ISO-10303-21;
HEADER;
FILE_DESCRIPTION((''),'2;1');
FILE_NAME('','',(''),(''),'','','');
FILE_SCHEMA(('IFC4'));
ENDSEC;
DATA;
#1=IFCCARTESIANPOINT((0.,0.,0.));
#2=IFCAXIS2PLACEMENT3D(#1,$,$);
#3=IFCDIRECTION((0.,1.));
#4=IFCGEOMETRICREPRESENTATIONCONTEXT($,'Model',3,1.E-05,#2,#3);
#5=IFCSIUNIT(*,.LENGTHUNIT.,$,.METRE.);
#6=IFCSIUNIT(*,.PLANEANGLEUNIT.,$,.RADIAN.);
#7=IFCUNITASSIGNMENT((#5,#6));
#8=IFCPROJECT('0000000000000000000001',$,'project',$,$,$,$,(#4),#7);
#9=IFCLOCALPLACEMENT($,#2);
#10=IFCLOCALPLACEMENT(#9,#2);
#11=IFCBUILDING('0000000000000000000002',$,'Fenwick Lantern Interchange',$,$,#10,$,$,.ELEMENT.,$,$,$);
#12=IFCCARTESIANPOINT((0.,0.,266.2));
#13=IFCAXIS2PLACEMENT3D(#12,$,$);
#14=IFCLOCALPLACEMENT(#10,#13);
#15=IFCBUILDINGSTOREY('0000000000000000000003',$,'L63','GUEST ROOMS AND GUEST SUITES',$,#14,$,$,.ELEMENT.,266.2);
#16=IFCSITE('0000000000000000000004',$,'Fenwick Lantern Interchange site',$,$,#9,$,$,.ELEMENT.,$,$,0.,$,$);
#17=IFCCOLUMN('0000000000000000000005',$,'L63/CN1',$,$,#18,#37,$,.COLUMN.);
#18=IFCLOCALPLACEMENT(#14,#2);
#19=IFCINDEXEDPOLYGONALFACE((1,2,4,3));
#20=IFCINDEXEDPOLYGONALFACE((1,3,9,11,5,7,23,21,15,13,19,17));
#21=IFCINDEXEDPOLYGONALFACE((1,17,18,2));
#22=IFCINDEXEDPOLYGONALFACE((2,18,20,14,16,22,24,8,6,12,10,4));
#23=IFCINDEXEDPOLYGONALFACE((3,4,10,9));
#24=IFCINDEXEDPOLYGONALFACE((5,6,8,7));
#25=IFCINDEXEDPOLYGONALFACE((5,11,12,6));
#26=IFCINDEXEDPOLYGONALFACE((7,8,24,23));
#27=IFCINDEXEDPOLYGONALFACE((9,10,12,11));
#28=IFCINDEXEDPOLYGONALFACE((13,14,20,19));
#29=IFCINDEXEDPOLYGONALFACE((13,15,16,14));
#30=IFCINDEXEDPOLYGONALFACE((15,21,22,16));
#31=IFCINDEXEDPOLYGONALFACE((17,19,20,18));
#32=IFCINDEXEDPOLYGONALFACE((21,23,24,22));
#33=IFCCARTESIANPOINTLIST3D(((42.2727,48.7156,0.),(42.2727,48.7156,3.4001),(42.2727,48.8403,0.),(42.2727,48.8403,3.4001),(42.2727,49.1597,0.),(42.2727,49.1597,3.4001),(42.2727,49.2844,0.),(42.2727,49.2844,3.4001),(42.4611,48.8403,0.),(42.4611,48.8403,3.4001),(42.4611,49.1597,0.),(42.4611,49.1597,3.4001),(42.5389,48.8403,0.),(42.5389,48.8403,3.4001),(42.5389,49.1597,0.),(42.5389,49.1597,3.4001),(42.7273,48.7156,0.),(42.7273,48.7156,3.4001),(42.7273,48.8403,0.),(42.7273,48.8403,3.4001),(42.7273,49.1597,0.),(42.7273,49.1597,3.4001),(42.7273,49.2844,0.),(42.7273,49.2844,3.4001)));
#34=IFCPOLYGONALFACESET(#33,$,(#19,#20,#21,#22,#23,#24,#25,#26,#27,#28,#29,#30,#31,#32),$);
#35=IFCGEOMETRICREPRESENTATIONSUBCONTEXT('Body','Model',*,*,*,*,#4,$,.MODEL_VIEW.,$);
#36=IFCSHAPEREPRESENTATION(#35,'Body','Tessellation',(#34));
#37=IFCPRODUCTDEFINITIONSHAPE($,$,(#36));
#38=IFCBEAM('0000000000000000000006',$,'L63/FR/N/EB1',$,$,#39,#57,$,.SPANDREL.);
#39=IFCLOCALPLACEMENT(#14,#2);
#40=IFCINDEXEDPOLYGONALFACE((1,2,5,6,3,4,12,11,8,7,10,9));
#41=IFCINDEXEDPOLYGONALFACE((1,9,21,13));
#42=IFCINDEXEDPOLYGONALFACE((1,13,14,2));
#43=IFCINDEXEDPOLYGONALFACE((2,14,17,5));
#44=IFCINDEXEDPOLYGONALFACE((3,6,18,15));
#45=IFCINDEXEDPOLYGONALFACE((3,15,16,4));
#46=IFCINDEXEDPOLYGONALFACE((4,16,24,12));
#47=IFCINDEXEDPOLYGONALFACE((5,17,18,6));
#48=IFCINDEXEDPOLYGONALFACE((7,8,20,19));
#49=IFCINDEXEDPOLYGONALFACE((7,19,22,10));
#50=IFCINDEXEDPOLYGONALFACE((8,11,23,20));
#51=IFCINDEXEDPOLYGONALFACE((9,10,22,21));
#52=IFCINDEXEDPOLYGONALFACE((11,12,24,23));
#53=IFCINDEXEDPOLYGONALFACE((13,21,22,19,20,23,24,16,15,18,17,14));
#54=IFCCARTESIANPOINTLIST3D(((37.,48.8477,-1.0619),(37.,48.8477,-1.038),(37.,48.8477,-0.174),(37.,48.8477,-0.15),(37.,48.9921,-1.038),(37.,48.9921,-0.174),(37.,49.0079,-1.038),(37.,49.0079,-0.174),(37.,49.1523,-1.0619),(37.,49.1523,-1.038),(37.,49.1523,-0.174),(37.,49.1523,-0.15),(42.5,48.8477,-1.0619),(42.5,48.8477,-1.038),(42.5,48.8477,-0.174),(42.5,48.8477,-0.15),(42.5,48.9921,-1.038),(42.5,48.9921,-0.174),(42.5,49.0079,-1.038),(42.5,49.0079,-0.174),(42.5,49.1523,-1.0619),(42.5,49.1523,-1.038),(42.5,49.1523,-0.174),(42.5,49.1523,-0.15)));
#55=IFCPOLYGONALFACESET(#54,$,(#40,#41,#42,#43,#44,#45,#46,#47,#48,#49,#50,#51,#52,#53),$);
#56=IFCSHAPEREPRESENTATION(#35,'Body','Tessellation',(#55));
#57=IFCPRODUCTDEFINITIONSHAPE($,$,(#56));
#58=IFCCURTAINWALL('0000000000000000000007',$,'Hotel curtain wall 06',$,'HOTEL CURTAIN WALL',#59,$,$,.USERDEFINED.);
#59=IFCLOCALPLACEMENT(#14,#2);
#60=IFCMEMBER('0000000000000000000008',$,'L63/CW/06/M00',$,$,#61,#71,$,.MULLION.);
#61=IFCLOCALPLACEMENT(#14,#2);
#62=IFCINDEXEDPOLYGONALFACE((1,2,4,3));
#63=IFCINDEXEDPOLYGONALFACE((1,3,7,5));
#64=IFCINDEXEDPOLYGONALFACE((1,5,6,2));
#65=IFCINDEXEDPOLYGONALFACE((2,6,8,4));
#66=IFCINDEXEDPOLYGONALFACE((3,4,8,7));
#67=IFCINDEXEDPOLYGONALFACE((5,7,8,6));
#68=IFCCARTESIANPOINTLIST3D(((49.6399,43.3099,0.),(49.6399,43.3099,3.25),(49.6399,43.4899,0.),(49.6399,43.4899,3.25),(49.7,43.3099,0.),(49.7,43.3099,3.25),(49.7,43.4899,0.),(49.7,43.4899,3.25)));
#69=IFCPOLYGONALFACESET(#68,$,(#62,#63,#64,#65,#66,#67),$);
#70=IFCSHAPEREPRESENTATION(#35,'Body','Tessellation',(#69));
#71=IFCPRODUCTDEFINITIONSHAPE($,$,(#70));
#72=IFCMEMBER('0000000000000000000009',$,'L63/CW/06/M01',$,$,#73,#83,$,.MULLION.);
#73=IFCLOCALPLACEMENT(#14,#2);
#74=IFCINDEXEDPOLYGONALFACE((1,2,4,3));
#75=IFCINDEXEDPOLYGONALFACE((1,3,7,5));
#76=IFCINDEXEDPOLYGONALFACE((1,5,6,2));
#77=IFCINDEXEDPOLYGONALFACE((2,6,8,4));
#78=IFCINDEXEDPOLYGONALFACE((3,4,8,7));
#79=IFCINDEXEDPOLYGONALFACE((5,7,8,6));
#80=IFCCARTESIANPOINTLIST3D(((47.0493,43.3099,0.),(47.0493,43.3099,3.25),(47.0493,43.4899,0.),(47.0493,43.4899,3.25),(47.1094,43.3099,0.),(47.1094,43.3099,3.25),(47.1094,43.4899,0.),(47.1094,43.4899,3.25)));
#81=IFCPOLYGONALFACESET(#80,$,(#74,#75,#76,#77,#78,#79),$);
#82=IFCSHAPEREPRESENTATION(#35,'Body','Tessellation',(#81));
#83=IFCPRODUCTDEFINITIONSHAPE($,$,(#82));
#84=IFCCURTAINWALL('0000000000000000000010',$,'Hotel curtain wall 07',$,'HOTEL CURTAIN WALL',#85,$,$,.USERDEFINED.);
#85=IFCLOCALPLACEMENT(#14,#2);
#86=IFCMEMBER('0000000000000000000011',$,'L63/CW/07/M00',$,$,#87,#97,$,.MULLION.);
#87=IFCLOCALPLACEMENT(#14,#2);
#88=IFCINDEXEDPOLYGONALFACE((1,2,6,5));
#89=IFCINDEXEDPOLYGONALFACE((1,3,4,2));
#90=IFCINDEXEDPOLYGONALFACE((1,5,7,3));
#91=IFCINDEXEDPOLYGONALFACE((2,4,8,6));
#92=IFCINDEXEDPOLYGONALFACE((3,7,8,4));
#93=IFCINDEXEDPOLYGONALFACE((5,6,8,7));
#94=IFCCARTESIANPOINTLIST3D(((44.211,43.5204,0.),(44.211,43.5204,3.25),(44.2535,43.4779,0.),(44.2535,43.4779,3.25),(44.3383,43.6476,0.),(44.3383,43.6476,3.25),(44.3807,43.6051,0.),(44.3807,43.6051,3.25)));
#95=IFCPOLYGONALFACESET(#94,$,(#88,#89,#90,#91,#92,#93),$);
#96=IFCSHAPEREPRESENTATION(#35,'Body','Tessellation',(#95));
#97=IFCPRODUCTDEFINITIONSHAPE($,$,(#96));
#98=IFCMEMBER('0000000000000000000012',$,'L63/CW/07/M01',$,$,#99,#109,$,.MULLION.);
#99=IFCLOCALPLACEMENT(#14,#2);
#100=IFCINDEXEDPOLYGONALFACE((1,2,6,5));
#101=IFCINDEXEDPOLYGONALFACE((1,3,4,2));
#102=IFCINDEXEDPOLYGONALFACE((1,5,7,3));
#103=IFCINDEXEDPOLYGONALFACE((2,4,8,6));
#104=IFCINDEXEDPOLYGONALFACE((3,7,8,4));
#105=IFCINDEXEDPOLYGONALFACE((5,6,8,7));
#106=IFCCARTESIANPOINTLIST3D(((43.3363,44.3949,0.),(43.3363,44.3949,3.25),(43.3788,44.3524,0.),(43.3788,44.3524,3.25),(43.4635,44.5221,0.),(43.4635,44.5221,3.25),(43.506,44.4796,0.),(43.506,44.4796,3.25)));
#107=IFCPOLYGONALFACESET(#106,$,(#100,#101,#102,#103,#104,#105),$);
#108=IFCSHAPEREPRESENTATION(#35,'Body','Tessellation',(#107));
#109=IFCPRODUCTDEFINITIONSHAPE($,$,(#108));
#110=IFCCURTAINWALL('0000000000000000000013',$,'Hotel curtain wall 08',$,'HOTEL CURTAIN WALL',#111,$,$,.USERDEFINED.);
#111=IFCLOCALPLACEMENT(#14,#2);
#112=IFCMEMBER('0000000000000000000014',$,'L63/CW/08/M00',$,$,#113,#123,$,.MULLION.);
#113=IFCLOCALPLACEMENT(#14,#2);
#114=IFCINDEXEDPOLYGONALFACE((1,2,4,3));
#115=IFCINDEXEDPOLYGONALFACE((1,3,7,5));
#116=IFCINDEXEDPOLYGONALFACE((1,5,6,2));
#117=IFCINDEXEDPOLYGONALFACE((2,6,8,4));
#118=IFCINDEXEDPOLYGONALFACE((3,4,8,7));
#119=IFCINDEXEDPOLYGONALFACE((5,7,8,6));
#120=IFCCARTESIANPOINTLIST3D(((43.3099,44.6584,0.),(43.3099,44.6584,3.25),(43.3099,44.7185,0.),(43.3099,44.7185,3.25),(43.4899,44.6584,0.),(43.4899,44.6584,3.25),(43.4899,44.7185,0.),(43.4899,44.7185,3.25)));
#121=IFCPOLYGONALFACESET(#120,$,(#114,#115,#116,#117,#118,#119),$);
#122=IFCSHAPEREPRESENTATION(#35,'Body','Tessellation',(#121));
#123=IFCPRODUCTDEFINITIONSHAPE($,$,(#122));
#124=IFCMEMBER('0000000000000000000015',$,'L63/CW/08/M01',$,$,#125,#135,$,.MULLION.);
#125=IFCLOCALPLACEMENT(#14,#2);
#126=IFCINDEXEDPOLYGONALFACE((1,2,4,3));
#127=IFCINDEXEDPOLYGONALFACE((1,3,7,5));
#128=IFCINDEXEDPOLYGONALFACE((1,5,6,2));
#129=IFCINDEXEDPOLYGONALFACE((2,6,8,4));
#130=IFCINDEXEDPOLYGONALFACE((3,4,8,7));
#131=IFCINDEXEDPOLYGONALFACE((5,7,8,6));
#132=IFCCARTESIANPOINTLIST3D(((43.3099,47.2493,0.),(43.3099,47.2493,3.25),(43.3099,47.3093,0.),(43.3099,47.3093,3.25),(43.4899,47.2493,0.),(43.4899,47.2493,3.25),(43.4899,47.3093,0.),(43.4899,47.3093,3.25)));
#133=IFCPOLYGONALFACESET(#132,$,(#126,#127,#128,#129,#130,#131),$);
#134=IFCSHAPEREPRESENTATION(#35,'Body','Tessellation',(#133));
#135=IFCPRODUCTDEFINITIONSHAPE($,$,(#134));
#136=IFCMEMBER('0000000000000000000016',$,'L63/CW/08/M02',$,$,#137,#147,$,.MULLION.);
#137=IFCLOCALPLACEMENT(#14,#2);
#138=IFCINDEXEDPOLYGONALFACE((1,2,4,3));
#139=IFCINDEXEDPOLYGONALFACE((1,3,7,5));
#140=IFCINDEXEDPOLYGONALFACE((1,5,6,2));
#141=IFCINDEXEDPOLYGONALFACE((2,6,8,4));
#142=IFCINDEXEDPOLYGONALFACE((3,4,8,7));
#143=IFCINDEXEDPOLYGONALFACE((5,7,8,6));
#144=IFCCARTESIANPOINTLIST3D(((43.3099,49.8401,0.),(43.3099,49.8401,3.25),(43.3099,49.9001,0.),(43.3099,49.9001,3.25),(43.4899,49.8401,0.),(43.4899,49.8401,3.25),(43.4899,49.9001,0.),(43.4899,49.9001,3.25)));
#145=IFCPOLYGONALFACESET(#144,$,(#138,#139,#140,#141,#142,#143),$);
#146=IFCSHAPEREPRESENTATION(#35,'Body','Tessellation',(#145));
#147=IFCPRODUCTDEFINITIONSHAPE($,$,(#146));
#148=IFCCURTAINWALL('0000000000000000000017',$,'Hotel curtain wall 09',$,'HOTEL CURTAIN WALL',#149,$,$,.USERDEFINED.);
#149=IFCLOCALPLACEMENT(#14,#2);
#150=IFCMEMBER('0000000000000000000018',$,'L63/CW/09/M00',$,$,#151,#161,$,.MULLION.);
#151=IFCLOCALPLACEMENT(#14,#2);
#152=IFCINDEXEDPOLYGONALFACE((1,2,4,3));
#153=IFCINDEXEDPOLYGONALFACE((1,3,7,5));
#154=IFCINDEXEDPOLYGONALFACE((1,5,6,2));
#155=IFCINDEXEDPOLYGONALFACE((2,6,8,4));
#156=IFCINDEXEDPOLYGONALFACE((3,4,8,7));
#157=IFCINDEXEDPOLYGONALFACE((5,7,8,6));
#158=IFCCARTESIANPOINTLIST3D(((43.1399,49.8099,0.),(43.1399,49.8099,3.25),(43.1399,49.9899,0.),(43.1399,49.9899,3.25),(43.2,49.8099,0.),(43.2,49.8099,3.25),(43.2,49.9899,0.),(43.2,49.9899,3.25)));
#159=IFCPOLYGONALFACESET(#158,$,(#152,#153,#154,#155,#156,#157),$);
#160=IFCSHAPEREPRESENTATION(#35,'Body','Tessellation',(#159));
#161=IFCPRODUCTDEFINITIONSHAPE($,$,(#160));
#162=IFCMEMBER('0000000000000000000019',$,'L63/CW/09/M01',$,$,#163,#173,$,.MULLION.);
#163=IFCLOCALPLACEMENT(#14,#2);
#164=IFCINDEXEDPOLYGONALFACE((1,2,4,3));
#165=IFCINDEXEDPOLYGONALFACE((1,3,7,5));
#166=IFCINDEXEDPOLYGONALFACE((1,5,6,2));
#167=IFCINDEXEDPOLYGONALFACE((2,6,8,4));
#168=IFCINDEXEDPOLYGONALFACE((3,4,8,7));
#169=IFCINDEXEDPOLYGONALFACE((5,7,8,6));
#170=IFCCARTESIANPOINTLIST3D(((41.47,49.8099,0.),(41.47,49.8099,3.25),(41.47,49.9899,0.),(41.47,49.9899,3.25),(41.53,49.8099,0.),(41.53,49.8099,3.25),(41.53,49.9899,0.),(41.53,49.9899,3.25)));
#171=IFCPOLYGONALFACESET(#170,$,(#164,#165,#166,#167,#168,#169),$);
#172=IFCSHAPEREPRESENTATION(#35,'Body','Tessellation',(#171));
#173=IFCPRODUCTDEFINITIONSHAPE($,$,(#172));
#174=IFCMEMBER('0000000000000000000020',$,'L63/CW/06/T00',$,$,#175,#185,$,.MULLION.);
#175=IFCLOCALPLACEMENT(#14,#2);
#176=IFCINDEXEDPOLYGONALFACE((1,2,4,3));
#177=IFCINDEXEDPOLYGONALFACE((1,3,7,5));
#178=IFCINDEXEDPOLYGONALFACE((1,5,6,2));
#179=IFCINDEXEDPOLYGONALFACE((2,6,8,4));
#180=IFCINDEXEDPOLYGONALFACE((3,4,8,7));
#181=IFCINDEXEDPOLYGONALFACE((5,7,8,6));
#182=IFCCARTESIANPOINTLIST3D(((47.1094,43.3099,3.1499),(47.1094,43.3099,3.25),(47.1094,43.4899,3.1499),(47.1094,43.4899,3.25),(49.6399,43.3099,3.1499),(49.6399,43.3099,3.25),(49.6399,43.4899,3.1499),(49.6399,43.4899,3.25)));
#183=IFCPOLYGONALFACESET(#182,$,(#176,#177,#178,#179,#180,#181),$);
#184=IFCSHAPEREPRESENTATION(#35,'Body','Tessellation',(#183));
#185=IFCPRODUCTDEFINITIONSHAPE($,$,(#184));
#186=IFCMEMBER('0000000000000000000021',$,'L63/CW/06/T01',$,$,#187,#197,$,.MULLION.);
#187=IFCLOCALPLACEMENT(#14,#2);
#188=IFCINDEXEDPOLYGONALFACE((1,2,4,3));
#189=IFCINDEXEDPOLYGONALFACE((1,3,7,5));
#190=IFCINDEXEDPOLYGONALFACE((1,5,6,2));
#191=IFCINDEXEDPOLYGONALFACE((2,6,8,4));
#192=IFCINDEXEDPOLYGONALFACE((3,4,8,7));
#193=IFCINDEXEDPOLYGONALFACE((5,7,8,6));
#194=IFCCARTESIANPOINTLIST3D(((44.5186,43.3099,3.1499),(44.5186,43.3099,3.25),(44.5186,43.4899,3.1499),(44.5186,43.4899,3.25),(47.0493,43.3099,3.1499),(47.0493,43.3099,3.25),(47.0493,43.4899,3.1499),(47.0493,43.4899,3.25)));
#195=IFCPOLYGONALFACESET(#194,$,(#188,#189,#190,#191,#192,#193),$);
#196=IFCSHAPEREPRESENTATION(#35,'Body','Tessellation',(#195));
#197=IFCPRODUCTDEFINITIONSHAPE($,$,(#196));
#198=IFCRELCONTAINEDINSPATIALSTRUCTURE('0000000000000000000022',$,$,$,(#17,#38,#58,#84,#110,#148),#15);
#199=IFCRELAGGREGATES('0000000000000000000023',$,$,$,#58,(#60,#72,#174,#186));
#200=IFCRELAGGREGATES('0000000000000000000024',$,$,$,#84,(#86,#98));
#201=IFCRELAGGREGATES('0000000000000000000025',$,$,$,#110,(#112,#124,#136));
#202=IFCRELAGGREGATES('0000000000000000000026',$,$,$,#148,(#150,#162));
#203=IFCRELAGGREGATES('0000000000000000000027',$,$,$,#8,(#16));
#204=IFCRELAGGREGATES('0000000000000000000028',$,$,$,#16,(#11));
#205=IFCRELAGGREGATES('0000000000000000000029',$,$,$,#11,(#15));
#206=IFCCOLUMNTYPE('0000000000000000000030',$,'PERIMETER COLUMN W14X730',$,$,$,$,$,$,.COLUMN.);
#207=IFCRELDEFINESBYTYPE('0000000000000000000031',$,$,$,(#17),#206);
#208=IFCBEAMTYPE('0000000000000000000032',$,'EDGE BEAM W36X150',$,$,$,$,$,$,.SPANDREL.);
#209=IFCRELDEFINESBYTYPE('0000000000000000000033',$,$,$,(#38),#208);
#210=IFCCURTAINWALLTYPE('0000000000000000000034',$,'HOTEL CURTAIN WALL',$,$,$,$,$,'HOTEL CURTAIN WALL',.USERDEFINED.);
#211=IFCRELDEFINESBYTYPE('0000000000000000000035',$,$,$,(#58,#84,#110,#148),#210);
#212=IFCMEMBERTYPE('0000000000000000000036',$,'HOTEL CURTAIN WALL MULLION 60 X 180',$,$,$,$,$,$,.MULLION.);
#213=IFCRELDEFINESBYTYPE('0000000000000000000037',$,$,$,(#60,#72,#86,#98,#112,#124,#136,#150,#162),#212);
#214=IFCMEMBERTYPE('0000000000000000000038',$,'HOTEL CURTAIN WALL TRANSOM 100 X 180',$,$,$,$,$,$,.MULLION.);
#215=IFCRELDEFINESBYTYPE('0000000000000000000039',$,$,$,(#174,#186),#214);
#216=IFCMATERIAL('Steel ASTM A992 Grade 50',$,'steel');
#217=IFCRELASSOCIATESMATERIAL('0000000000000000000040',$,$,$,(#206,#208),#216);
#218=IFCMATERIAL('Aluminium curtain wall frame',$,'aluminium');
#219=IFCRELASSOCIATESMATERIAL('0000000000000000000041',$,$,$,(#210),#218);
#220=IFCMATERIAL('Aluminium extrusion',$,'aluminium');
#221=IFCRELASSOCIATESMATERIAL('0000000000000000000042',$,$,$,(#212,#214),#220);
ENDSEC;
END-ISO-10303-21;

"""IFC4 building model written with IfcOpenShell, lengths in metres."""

from ifc_helpers import new_model, si_unit, direction, frame, origin, origin_2d, place, context, subcontext, project, spatial, rectangle, i_section, extrude, material, material_profile, profile_set, type_object, element, aggregate, save


model = new_model("IFC4")

# Units and contexts
model_context = context("Model", 3, precision=1e-05, world=origin(), true_north=direction((0.0, 1.0)))
body_context = subcontext(model_context, "Body", "Model", "MODEL_VIEW")
ifc_project = project(units=[si_unit("LENGTHUNIT", "METRE"), si_unit("PLANEANGLEUNIT", "RADIAN")], contexts=[model_context])

# Site, building, storey
site_placement = place(None, origin())
site = spatial("IfcSite", under=ifc_project, at=site_placement, Name="Fenwick Lantern Interchange site", CompositionType="ELEMENT", RefElevation=0.0)
building_placement = place(site_placement, origin())
building = spatial("IfcBuilding", under=site, at=building_placement, Name="Fenwick Lantern Interchange", CompositionType="ELEMENT")
storey_placement = place(building_placement, frame((0.0, 0.0, 266.2)))
storey = spatial("IfcBuildingStorey", under=building, at=storey_placement, Name="L63", Description="GUEST ROOMS AND GUEST SUITES", CompositionType="ELEMENT", Elevation=266.2)

# Column
ifc_material_1 = material(Name="Steel ASTM A992 Grade 50", Category="steel")
ifc_material_profile_1 = material_profile(ifc_material_1, i_section(OverallWidth=0.4546, OverallDepth=0.5688, WebThickness=0.0779, FlangeThickness=0.1248, at=origin_2d()), Name="W14X730")
ifc_profile_set_1 = profile_set([ifc_material_profile_1], Name="Steel ASTM A992 Grade 50")
column_type = type_object("IfcColumnType", Name="PERIMETER COLUMN W14X730", PredefinedType="COLUMN", material=ifc_profile_set_1)
column_placement = place(storey_placement, frame((42.5, 49.0, 0.0), z_axis=(0.0, 0.0, 1.0), x_axis=(1.0, 0.0, 0.0)))
element("IfcColumn", 1, at=column_placement, inside=storey, type_object=column_type, Name="L63/CN1", PredefinedType="COLUMN", context=body_context, shape_type="SweptSolid", body=[
    extrude(i_section(OverallWidth=0.4546, OverallDepth=0.5688, WebThickness=0.0779, FlangeThickness=0.1248, at=origin_2d()), origin(), (0.0, 0.0, 1.0), 3.4001),
])

# Beam
ifc_material_profile_2 = material_profile(ifc_material_1, i_section(OverallWidth=0.3047, OverallDepth=0.9119, WebThickness=0.0159, FlangeThickness=0.0239, at=origin_2d()), Name="W36X150")
ifc_profile_set_2 = profile_set([ifc_material_profile_2], Name="Steel ASTM A992 Grade 50")
beam_type = type_object("IfcBeamType", Name="EDGE BEAM W36X150", PredefinedType="SPANDREL", material=ifc_profile_set_2)
beam_placement = place(storey_placement, frame((42.5, 49.0, -0.606), z_axis=(-1.0, 0.0, 0.0), x_axis=(0.0, -1.0, 0.0)))
element("IfcBeam", 2, at=beam_placement, inside=storey, type_object=beam_type, Name="L63/FR/N/EB1", PredefinedType="SPANDREL", context=body_context, shape_type="SweptSolid", body=[
    extrude(i_section(OverallWidth=0.3047, OverallDepth=0.9119, WebThickness=0.0159, FlangeThickness=0.0239, at=origin_2d()), origin(), (0.0, 0.0, 1.0), 5.5),
])

# Curtain walls, members
ifc_material_2 = material(Name="Aluminium curtain wall frame", Category="aluminium")
curtain_wall_type = type_object("IfcCurtainWallType", Name="HOTEL CURTAIN WALL", ElementType="HOTEL CURTAIN WALL", PredefinedType="USERDEFINED", material=ifc_material_2)
curtain_wall_1_placement = place(storey_placement, origin())
curtain_wall_1 = element("IfcCurtainWall", 3, at=curtain_wall_1_placement, inside=storey, type_object=curtain_wall_type, Name="Hotel curtain wall 06", ObjectType="HOTEL CURTAIN WALL", PredefinedType="USERDEFINED")
ifc_material_3 = material(Name="Aluminium extrusion", Category="aluminium")
ifc_material_profile_3 = material_profile(ifc_material_3, rectangle(XDim=0.1799, YDim=0.0601, at=origin_2d()), Name="HOTEL CURTAIN WALL MULLION 60 X 180")
ifc_profile_set_3 = profile_set([ifc_material_profile_3], Name="Aluminium extrusion")
member_type_1 = type_object("IfcMemberType", Name="HOTEL CURTAIN WALL MULLION 60 X 180", PredefinedType="MULLION", material=ifc_profile_set_3)
member_1_placement = place(storey_placement, frame((49.6699, 43.3999, 0.0), z_axis=(0.0, 0.0, 1.0), x_axis=(0.0, -1.0, 0.0)))
member_1 = element("IfcMember", 4, at=member_1_placement, type_object=member_type_1, Name="L63/CW/06/M00", PredefinedType="MULLION", context=body_context, shape_type="SweptSolid", body=[
    extrude(rectangle(XDim=0.1799, YDim=0.0601, at=origin_2d()), origin(), (0.0, 0.0, 1.0), 3.25),
])
member_2_placement = place(storey_placement, frame((47.0793, 43.3999, 0.0), z_axis=(0.0, 0.0, 1.0), x_axis=(0.0, -1.0, 0.0)))
member_2 = element("IfcMember", 5, at=member_2_placement, type_object=member_type_1, Name="L63/CW/06/M01", PredefinedType="MULLION", context=body_context, shape_type="SweptSolid", body=[
    extrude(rectangle(XDim=0.1799, YDim=0.0601, at=origin_2d()), origin(), (0.0, 0.0, 1.0), 3.25),
])
curtain_wall_2_placement = place(storey_placement, origin())
curtain_wall_2 = element("IfcCurtainWall", 6, at=curtain_wall_2_placement, inside=storey, type_object=curtain_wall_type, Name="Hotel curtain wall 07", ObjectType="HOTEL CURTAIN WALL", PredefinedType="USERDEFINED")
member_3_placement = place(storey_placement, frame((44.2959, 43.5627, 0.0), z_axis=(0.0, 0.0, 1.0), x_axis=(-0.707107, -0.707107, 0.0)))
member_3 = element("IfcMember", 7, at=member_3_placement, type_object=member_type_1, Name="L63/CW/07/M00", PredefinedType="MULLION", context=body_context, shape_type="SweptSolid", body=[
    extrude(rectangle(XDim=0.1799, YDim=0.0601, at=origin_2d()), origin(), (0.0, 0.0, 1.0), 3.25),
])
member_4_placement = place(storey_placement, frame((43.4211, 44.4373, 0.0), z_axis=(0.0, 0.0, 1.0), x_axis=(-0.707107, -0.707107, 0.0)))
member_4 = element("IfcMember", 8, at=member_4_placement, type_object=member_type_1, Name="L63/CW/07/M01", PredefinedType="MULLION", context=body_context, shape_type="SweptSolid", body=[
    extrude(rectangle(XDim=0.1799, YDim=0.0601, at=origin_2d()), origin(), (0.0, 0.0, 1.0), 3.25),
])
curtain_wall_3_placement = place(storey_placement, origin())
curtain_wall_3 = element("IfcCurtainWall", 9, at=curtain_wall_3_placement, inside=storey, type_object=curtain_wall_type, Name="Hotel curtain wall 08", ObjectType="HOTEL CURTAIN WALL", PredefinedType="USERDEFINED")
member_5_placement = place(storey_placement, frame((43.3999, 44.6885, 0.0), z_axis=(0.0, 0.0, 1.0), x_axis=(-1.0, 0.0, 0.0)))
member_5 = element("IfcMember", 10, at=member_5_placement, type_object=member_type_1, Name="L63/CW/08/M00", PredefinedType="MULLION", context=body_context, shape_type="SweptSolid", body=[
    extrude(rectangle(XDim=0.1799, YDim=0.0601, at=origin_2d()), origin(), (0.0, 0.0, 1.0), 3.25),
])
member_6_placement = place(storey_placement, frame((43.3999, 47.2793, 0.0), z_axis=(0.0, 0.0, 1.0), x_axis=(-1.0, 0.0, 0.0)))
member_6 = element("IfcMember", 11, at=member_6_placement, type_object=member_type_1, Name="L63/CW/08/M01", PredefinedType="MULLION", context=body_context, shape_type="SweptSolid", body=[
    extrude(rectangle(XDim=0.1799, YDim=0.0601, at=origin_2d()), origin(), (0.0, 0.0, 1.0), 3.25),
])
member_7_placement = place(storey_placement, frame((43.3999, 49.8701, 0.0), z_axis=(0.0, 0.0, 1.0), x_axis=(-1.0, 0.0, 0.0)))
member_7 = element("IfcMember", 12, at=member_7_placement, type_object=member_type_1, Name="L63/CW/08/M02", PredefinedType="MULLION", context=body_context, shape_type="SweptSolid", body=[
    extrude(rectangle(XDim=0.1799, YDim=0.0601, at=origin_2d()), origin(), (0.0, 0.0, 1.0), 3.25),
])
curtain_wall_4_placement = place(storey_placement, origin())
curtain_wall_4 = element("IfcCurtainWall", 13, at=curtain_wall_4_placement, inside=storey, type_object=curtain_wall_type, Name="Hotel curtain wall 09", ObjectType="HOTEL CURTAIN WALL", PredefinedType="USERDEFINED")
member_8_placement = place(storey_placement, frame((43.1699, 49.8999, 0.0), z_axis=(0.0, 0.0, 1.0), x_axis=(0.0, -1.0, 0.0)))
member_8 = element("IfcMember", 14, at=member_8_placement, type_object=member_type_1, Name="L63/CW/09/M00", PredefinedType="MULLION", context=body_context, shape_type="SweptSolid", body=[
    extrude(rectangle(XDim=0.1799, YDim=0.0601, at=origin_2d()), origin(), (0.0, 0.0, 1.0), 3.25),
])
member_9_placement = place(storey_placement, frame((41.5, 49.8999, 0.0), z_axis=(0.0, 0.0, 1.0), x_axis=(0.0, -1.0, 0.0)))
member_9 = element("IfcMember", 15, at=member_9_placement, type_object=member_type_1, Name="L63/CW/09/M01", PredefinedType="MULLION", context=body_context, shape_type="SweptSolid", body=[
    extrude(rectangle(XDim=0.1799, YDim=0.0601, at=origin_2d()), origin(), (0.0, 0.0, 1.0), 3.25),
])

# Members
ifc_material_profile_4 = material_profile(ifc_material_3, rectangle(XDim=0.1799, YDim=0.1001, at=origin_2d()), Name="HOTEL CURTAIN WALL TRANSOM 100 X 180")
ifc_profile_set_4 = profile_set([ifc_material_profile_4], Name="Aluminium extrusion")
member_type_2 = type_object("IfcMemberType", Name="HOTEL CURTAIN WALL TRANSOM 100 X 180", PredefinedType="MULLION", material=ifc_profile_set_4)
member_10_placement = place(storey_placement, frame((49.6399, 43.3999, 3.2), z_axis=(-1.0, 0.0, 0.0), x_axis=(0.0, -1.0, 0.0)))
member_10 = element("IfcMember", 16, at=member_10_placement, type_object=member_type_2, Name="L63/CW/06/T00", PredefinedType="MULLION", context=body_context, shape_type="SweptSolid", body=[
    extrude(rectangle(XDim=0.1799, YDim=0.1001, at=origin_2d()), origin(), (0.0, 0.0, 1.0), 2.5305),
])
member_11_placement = place(storey_placement, frame((47.0493, 43.3999, 3.2), z_axis=(-1.0, 0.0, 0.0), x_axis=(0.0, -1.0, 0.0)))
member_11 = element("IfcMember", 17, at=member_11_placement, type_object=member_type_2, Name="L63/CW/06/T01", PredefinedType="MULLION", context=body_context, shape_type="SweptSolid", body=[
    extrude(rectangle(XDim=0.1799, YDim=0.1001, at=origin_2d()), origin(), (0.0, 0.0, 1.0), 2.5308),
])

aggregate(curtain_wall_1, [member_1, member_2, member_10, member_11])
aggregate(curtain_wall_2, [member_3, member_4])
aggregate(curtain_wall_3, [member_5, member_6, member_7])
aggregate(curtain_wall_4, [member_8, member_9])

save(model, "model.ifc")
